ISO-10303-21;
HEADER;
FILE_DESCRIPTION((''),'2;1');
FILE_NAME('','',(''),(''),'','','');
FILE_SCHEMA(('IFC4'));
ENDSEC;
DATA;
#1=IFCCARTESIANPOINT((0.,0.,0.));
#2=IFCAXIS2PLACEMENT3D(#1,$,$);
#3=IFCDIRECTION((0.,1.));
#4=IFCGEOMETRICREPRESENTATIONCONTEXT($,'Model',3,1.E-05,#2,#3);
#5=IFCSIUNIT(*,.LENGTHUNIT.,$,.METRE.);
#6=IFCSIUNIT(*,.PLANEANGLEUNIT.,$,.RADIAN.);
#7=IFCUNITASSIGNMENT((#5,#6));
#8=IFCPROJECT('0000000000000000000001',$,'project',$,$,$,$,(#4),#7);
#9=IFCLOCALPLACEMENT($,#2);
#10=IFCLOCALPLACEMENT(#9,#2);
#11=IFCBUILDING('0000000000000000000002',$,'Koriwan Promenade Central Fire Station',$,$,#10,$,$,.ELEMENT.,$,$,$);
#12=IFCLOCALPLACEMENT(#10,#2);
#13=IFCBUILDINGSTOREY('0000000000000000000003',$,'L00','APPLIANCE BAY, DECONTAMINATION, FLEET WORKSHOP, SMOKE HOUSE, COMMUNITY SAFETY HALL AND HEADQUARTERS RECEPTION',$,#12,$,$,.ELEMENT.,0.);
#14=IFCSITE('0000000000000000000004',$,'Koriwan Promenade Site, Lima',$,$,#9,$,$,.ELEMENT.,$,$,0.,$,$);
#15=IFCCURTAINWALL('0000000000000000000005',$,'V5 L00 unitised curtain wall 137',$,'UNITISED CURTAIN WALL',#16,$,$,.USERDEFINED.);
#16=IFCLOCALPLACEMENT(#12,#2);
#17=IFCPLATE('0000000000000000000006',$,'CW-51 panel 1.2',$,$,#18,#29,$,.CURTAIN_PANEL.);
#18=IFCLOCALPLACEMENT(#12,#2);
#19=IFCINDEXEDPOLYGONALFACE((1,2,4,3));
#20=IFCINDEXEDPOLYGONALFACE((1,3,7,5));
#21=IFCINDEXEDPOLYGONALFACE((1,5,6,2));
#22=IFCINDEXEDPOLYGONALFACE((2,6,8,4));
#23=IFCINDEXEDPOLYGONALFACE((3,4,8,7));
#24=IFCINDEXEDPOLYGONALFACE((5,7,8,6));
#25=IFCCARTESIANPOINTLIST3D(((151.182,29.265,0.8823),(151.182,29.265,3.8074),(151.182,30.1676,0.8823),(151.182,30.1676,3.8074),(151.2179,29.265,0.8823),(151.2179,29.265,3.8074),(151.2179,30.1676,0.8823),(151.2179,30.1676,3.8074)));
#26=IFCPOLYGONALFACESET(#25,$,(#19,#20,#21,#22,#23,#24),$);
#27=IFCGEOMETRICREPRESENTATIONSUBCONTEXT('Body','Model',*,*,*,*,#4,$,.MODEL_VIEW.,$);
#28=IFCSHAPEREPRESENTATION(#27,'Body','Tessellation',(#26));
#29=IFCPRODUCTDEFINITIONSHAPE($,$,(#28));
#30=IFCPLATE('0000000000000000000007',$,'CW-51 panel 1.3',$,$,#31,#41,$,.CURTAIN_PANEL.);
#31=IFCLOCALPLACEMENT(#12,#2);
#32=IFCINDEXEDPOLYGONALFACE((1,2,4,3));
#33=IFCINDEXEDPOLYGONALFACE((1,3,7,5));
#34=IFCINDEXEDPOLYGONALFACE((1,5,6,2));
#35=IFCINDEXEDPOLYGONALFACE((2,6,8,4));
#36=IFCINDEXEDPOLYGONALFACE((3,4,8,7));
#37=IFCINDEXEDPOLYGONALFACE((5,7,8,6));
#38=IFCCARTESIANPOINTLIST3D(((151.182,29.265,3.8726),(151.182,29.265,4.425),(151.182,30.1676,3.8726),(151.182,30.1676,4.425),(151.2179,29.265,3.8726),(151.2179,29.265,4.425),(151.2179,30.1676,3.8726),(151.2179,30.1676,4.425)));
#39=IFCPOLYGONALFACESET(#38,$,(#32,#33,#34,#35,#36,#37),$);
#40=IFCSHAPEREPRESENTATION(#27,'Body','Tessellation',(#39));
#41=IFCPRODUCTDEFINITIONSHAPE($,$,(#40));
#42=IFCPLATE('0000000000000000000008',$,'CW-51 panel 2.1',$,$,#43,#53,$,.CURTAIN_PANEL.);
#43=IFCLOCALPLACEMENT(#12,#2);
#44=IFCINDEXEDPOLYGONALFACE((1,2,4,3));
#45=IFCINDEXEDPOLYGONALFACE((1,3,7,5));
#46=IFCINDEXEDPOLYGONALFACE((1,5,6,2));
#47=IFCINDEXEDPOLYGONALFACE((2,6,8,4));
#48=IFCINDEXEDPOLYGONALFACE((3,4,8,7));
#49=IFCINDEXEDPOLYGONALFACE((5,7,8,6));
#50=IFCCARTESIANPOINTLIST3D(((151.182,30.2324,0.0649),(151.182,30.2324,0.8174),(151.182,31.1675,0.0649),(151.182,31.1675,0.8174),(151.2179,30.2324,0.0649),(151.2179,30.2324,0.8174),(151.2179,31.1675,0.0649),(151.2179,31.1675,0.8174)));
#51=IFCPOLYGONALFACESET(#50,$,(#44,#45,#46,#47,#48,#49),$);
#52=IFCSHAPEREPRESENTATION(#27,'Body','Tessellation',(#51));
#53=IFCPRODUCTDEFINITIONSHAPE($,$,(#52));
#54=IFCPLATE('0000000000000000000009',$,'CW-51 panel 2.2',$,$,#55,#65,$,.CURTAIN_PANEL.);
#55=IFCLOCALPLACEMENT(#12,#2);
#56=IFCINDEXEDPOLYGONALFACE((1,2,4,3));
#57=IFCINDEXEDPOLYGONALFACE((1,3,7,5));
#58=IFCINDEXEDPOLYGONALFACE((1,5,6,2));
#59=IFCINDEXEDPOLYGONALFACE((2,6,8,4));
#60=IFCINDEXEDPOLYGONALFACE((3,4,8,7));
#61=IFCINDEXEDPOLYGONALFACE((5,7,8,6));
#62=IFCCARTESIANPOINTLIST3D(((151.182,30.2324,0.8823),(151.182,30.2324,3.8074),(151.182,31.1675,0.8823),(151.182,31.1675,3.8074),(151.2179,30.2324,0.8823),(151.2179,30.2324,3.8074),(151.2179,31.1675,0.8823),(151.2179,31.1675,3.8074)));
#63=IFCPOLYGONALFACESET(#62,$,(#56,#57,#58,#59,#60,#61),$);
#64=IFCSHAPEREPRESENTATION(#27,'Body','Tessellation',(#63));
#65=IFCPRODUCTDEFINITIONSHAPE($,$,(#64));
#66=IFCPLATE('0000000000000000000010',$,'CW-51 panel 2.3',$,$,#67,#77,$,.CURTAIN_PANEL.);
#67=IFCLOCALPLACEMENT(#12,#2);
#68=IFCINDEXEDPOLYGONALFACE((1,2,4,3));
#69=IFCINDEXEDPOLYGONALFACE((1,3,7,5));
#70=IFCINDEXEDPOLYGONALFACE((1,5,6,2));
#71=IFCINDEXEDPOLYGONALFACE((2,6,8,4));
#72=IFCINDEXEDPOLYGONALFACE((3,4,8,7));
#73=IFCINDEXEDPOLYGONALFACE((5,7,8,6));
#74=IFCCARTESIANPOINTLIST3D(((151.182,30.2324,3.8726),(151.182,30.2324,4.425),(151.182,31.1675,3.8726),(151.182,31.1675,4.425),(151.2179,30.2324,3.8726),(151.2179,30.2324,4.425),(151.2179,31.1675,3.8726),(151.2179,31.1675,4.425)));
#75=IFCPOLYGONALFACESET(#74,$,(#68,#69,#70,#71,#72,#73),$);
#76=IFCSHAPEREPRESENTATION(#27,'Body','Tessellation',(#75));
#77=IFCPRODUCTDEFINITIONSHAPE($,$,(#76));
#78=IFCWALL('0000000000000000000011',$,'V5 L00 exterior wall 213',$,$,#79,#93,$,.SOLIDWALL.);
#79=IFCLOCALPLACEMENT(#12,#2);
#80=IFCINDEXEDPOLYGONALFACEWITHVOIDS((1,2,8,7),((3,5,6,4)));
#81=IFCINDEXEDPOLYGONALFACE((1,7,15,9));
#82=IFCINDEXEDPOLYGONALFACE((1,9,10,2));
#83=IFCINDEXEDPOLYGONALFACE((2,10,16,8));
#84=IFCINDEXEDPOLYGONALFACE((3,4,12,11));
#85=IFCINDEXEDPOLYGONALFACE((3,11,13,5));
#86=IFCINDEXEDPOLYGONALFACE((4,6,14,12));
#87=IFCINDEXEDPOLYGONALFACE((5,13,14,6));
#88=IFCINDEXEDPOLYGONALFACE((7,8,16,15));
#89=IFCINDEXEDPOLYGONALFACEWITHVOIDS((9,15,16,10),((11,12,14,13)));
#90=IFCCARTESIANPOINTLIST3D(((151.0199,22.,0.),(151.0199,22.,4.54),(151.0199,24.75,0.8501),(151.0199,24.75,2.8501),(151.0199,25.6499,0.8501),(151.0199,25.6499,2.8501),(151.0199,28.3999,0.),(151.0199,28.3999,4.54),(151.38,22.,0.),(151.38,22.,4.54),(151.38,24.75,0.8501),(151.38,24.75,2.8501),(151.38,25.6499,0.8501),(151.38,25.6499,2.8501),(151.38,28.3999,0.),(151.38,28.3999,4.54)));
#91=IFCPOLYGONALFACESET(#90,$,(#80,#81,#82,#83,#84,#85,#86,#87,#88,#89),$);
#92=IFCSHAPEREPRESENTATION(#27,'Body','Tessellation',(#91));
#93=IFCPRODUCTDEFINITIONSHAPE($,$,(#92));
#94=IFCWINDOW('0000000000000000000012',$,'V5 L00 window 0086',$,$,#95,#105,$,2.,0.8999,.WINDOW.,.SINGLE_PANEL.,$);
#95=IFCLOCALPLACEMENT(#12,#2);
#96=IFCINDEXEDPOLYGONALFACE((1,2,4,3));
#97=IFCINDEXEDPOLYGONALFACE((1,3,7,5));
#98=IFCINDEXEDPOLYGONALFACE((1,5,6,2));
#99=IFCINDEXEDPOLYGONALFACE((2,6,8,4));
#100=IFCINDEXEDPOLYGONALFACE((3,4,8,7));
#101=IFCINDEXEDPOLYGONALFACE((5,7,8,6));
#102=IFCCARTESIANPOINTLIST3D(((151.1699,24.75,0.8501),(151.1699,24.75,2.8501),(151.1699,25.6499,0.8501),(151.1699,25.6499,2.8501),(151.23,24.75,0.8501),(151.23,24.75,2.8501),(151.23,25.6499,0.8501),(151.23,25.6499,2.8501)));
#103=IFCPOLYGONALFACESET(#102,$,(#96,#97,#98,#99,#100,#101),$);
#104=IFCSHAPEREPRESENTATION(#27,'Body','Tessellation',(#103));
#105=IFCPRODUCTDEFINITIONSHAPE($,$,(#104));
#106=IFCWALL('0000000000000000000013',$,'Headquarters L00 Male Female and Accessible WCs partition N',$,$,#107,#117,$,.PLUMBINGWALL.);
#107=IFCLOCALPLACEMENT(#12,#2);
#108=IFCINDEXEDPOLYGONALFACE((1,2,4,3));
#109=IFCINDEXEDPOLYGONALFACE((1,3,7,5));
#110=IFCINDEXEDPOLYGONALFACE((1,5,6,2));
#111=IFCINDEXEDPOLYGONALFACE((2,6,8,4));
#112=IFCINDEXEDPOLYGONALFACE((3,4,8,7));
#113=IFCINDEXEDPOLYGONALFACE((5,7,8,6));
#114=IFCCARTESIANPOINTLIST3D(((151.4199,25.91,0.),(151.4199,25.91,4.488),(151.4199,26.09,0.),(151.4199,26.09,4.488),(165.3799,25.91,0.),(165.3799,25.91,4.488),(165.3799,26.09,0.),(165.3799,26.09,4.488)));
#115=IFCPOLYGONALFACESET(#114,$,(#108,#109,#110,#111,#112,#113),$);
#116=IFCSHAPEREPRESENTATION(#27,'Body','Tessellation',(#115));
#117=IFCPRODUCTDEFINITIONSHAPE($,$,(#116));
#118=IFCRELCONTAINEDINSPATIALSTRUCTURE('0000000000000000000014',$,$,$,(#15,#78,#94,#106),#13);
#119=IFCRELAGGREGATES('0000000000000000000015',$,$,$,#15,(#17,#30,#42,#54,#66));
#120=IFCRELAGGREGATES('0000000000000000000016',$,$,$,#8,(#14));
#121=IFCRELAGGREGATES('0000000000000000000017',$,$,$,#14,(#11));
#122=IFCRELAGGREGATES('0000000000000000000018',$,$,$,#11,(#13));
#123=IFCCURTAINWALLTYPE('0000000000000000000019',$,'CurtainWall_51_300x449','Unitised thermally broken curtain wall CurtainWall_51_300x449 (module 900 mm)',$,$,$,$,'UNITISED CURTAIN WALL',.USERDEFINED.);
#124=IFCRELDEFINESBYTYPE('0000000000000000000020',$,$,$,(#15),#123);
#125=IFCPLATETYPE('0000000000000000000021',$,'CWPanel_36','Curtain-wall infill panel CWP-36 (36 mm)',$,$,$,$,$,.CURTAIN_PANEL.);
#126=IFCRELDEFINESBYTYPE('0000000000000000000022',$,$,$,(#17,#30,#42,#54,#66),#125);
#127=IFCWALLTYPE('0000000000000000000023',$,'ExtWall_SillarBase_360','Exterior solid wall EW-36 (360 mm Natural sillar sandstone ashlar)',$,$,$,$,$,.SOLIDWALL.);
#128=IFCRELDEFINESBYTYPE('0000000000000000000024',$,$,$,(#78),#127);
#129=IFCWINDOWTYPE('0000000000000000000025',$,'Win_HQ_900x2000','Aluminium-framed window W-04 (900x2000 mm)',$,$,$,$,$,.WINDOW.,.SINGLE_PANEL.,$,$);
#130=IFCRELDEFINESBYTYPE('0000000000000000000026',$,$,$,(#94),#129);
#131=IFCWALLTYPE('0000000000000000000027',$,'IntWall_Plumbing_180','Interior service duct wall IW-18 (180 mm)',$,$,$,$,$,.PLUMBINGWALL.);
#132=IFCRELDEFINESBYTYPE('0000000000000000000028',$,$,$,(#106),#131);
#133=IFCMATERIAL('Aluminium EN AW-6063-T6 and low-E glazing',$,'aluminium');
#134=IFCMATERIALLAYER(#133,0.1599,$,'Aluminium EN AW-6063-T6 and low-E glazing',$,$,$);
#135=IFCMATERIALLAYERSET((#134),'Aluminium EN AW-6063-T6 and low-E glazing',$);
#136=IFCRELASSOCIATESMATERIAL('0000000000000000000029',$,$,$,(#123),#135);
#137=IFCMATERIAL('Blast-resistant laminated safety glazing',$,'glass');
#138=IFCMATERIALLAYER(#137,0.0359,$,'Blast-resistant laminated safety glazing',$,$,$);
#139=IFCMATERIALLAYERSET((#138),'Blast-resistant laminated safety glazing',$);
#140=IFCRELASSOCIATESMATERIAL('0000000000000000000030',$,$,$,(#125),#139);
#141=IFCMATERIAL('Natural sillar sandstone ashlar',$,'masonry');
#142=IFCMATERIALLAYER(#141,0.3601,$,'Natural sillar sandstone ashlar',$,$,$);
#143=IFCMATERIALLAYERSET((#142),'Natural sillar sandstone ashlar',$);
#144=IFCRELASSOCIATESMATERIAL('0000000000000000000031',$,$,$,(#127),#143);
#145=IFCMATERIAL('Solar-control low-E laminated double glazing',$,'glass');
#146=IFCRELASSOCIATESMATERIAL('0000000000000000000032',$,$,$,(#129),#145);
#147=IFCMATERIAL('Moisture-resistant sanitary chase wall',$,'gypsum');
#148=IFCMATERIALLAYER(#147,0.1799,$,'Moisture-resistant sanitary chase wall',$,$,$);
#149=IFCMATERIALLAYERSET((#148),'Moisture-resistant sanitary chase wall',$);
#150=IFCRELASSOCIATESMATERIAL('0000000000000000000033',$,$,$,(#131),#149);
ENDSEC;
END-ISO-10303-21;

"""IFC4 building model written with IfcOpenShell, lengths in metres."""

from ifc_helpers import new_model, si_unit, direction, frame, frame_2d, origin, origin_2d, place, context, subcontext, project, spatial, rectangle, extrude, material, layer, layer_set, type_object, element, fill, aggregate, save


model = new_model("IFC4")

# Units and contexts
model_context = context("Model", 3, precision=1e-05, world=origin(), true_north=direction((0.0, 1.0)))
body_context = subcontext(model_context, "Body", "Model", "MODEL_VIEW")
ifc_project = project(units=[si_unit("LENGTHUNIT", "METRE"), si_unit("PLANEANGLEUNIT", "RADIAN")], contexts=[model_context])

# Site, building, storey
site_placement = place(None, origin())
site = spatial("IfcSite", under=ifc_project, at=site_placement, Name="Koriwan Promenade Site, Lima", CompositionType="ELEMENT", RefElevation=0.0)
building_placement = place(site_placement, origin())
building = spatial("IfcBuilding", under=site, at=building_placement, Name="Koriwan Promenade Central Fire Station", CompositionType="ELEMENT")
storey_placement = place(building_placement, origin())
storey = spatial("IfcBuildingStorey", under=building, at=storey_placement, Name="L00", Description="APPLIANCE BAY, DECONTAMINATION, FLEET WORKSHOP, SMOKE HOUSE, COMMUNITY SAFETY HALL AND HEADQUARTERS RECEPTION", CompositionType="ELEMENT", Elevation=0.0)

# Curtain wall, plates
ifc_material_1 = material(Name="Aluminium EN AW-6063-T6 and low-E glazing", Category="aluminium")
ifc_layer_1 = layer(ifc_material_1, 0.1599, Name="Aluminium EN AW-6063-T6 and low-E glazing")
ifc_layer_set_1 = layer_set([ifc_layer_1], Name="Aluminium EN AW-6063-T6 and low-E glazing")
curtain_wall_type = type_object("IfcCurtainWallType", Name="CurtainWall_51_300x449", Description="Unitised thermally broken curtain wall CurtainWall_51_300x449 (module 900 mm)", ElementType="UNITISED CURTAIN WALL", PredefinedType="USERDEFINED", material=ifc_layer_set_1)
curtain_wall_placement = place(storey_placement, origin())
curtain_wall = element("IfcCurtainWall", 1, at=curtain_wall_placement, inside=storey, type_object=curtain_wall_type, Name="V5 L00 unitised curtain wall 137", ObjectType="UNITISED CURTAIN WALL", PredefinedType="USERDEFINED")
ifc_material_2 = material(Name="Blast-resistant laminated safety glazing", Category="glass")
ifc_layer_2 = layer(ifc_material_2, 0.0359, Name="Blast-resistant laminated safety glazing")
ifc_layer_set_2 = layer_set([ifc_layer_2], Name="Blast-resistant laminated safety glazing")
plate_type = type_object("IfcPlateType", Name="CWPanel_36", Description="Curtain-wall infill panel CWP-36 (36 mm)", PredefinedType="CURTAIN_PANEL", material=ifc_layer_set_2)
plate_1_placement = place(storey_placement, frame((151.2, 29.7163, 0.8823), z_axis=(0.0, 0.0, 1.0), x_axis=(0.0, 1.0, 0.0)))
plate_1 = element("IfcPlate", 2, at=plate_1_placement, type_object=plate_type, Name="CW-51 panel 1.2", PredefinedType="CURTAIN_PANEL", context=body_context, shape_type="SweptSolid", body=[
    extrude(rectangle(XDim=0.9026, YDim=0.0359, at=origin_2d()), origin(), (0.0, 0.0, 1.0), 2.925),
])
plate_2_placement = place(storey_placement, frame((151.2, 29.7163, 3.8726), z_axis=(0.0, 0.0, 1.0), x_axis=(0.0, 1.0, 0.0)))
plate_2 = element("IfcPlate", 3, at=plate_2_placement, type_object=plate_type, Name="CW-51 panel 1.3", PredefinedType="CURTAIN_PANEL", context=body_context, shape_type="SweptSolid", body=[
    extrude(rectangle(XDim=0.9026, YDim=0.0359, at=origin_2d()), origin(), (0.0, 0.0, 1.0), 0.5525),
])
plate_3_placement = place(storey_placement, frame((151.2, 30.7, 0.0649), z_axis=(0.0, 0.0, 1.0), x_axis=(0.0, 1.0, 0.0)))
plate_3 = element("IfcPlate", 4, at=plate_3_placement, type_object=plate_type, Name="CW-51 panel 2.1", PredefinedType="CURTAIN_PANEL", context=body_context, shape_type="SweptSolid", body=[
    extrude(rectangle(XDim=0.9351, YDim=0.0359, at=origin_2d()), origin(), (0.0, 0.0, 1.0), 0.7524),
])
plate_4_placement = place(storey_placement, frame((151.2, 30.7, 0.8823), z_axis=(0.0, 0.0, 1.0), x_axis=(0.0, 1.0, 0.0)))
plate_4 = element("IfcPlate", 5, at=plate_4_placement, type_object=plate_type, Name="CW-51 panel 2.2", PredefinedType="CURTAIN_PANEL", context=body_context, shape_type="SweptSolid", body=[
    extrude(rectangle(XDim=0.9351, YDim=0.0359, at=origin_2d()), origin(), (0.0, 0.0, 1.0), 2.925),
])
plate_5_placement = place(storey_placement, frame((151.2, 30.7, 3.8726), z_axis=(0.0, 0.0, 1.0), x_axis=(0.0, 1.0, 0.0)))
plate_5 = element("IfcPlate", 6, at=plate_5_placement, type_object=plate_type, Name="CW-51 panel 2.3", PredefinedType="CURTAIN_PANEL", context=body_context, shape_type="SweptSolid", body=[
    extrude(rectangle(XDim=0.9351, YDim=0.0359, at=origin_2d()), origin(), (0.0, 0.0, 1.0), 0.5525),
])
aggregate(curtain_wall, [plate_1, plate_2, plate_3, plate_4, plate_5])

# Wall, opening, window
ifc_material_3 = material(Name="Natural sillar sandstone ashlar", Category="masonry")
ifc_layer_3 = layer(ifc_material_3, 0.3601, Name="Natural sillar sandstone ashlar")
ifc_layer_set_3 = layer_set([ifc_layer_3], Name="Natural sillar sandstone ashlar")
wall_type_1 = type_object("IfcWallType", Name="ExtWall_SillarBase_360", Description="Exterior solid wall EW-36 (360 mm Natural sillar sandstone ashlar)", PredefinedType="SOLIDWALL", material=ifc_layer_set_3)
wall_1_placement = place(storey_placement, frame((151.2, 22.0, 0.0), z_axis=(0.0, 0.0, 1.0), x_axis=(0.0, 1.0, 0.0)))
wall_1 = element("IfcWall", 7, at=wall_1_placement, inside=storey, type_object=wall_type_1, Name="V5 L00 exterior wall 213", PredefinedType="SOLIDWALL", context=body_context, shape_type="SweptSolid", body=[
    extrude(rectangle(XDim=6.3999, YDim=0.3601, at=frame_2d((3.2, 0.0))), origin(), (0.0, 0.0, 1.0), 4.54),
])
opening_placement = place(wall_1_placement, frame((2.75, 0.0, 0.8501)))
opening = element("IfcOpeningElement", 8, at=opening_placement, cuts=wall_1, PredefinedType="OPENING", context=body_context, shape_type="SweptSolid", body=[
    extrude(rectangle(XDim=0.8999, YDim=2.0, at=frame_2d((0.45, 1.0))), frame((0.0, 0.1919, 0.0), z_axis=(0.0, -1.0, 0.0), x_axis=(1.0, 0.0, 0.0)), (0.0, 0.0, 1.0), 0.384),
])
ifc_material_4 = material(Name="Solar-control low-E laminated double glazing", Category="glass")
window_type = type_object("IfcWindowType", Name="Win_HQ_900x2000", Description="Aluminium-framed window W-04 (900x2000 mm)", PartitioningType="SINGLE_PANEL", PredefinedType="WINDOW", material=ifc_material_4)
window_placement = place(opening_placement, origin())
window = element("IfcWindow", 9, at=window_placement, inside=storey, type_object=window_type, Name="V5 L00 window 0086", OverallHeight=2.0, OverallWidth=0.8999, PartitioningType="SINGLE_PANEL", PredefinedType="WINDOW", context=body_context, shape_type="SweptSolid", body=[
    extrude(rectangle(XDim=0.8999, YDim=2.0, at=frame_2d((0.45, 1.0))), frame((0.0, 0.03, 0.0), z_axis=(0.0, -1.0, 0.0), x_axis=(1.0, 0.0, 0.0)), (0.0, 0.0, 1.0), 0.0601),
])
fill(opening, window)

# Wall
ifc_material_5 = material(Name="Moisture-resistant sanitary chase wall", Category="gypsum")
ifc_layer_4 = layer(ifc_material_5, 0.1799, Name="Moisture-resistant sanitary chase wall")
ifc_layer_set_4 = layer_set([ifc_layer_4], Name="Moisture-resistant sanitary chase wall")
wall_type_2 = type_object("IfcWallType", Name="IntWall_Plumbing_180", Description="Interior service duct wall IW-18 (180 mm)", PredefinedType="PLUMBINGWALL", material=ifc_layer_set_4)
wall_2_placement = place(storey_placement, frame((151.4199, 26.0, 0.0), z_axis=(0.0, 0.0, 1.0), x_axis=(1.0, 0.0, 0.0)))
element("IfcWall", 10, at=wall_2_placement, inside=storey, type_object=wall_type_2, Name="Headquarters L00 Male Female and Accessible WCs partition N", PredefinedType="PLUMBINGWALL", context=body_context, shape_type="SweptSolid", body=[
    extrude(rectangle(XDim=13.96, YDim=0.1799, at=frame_2d((6.98, 0.0))), origin(), (0.0, 0.0, 1.0), 4.488),
])

save(model, "model.ifc")
